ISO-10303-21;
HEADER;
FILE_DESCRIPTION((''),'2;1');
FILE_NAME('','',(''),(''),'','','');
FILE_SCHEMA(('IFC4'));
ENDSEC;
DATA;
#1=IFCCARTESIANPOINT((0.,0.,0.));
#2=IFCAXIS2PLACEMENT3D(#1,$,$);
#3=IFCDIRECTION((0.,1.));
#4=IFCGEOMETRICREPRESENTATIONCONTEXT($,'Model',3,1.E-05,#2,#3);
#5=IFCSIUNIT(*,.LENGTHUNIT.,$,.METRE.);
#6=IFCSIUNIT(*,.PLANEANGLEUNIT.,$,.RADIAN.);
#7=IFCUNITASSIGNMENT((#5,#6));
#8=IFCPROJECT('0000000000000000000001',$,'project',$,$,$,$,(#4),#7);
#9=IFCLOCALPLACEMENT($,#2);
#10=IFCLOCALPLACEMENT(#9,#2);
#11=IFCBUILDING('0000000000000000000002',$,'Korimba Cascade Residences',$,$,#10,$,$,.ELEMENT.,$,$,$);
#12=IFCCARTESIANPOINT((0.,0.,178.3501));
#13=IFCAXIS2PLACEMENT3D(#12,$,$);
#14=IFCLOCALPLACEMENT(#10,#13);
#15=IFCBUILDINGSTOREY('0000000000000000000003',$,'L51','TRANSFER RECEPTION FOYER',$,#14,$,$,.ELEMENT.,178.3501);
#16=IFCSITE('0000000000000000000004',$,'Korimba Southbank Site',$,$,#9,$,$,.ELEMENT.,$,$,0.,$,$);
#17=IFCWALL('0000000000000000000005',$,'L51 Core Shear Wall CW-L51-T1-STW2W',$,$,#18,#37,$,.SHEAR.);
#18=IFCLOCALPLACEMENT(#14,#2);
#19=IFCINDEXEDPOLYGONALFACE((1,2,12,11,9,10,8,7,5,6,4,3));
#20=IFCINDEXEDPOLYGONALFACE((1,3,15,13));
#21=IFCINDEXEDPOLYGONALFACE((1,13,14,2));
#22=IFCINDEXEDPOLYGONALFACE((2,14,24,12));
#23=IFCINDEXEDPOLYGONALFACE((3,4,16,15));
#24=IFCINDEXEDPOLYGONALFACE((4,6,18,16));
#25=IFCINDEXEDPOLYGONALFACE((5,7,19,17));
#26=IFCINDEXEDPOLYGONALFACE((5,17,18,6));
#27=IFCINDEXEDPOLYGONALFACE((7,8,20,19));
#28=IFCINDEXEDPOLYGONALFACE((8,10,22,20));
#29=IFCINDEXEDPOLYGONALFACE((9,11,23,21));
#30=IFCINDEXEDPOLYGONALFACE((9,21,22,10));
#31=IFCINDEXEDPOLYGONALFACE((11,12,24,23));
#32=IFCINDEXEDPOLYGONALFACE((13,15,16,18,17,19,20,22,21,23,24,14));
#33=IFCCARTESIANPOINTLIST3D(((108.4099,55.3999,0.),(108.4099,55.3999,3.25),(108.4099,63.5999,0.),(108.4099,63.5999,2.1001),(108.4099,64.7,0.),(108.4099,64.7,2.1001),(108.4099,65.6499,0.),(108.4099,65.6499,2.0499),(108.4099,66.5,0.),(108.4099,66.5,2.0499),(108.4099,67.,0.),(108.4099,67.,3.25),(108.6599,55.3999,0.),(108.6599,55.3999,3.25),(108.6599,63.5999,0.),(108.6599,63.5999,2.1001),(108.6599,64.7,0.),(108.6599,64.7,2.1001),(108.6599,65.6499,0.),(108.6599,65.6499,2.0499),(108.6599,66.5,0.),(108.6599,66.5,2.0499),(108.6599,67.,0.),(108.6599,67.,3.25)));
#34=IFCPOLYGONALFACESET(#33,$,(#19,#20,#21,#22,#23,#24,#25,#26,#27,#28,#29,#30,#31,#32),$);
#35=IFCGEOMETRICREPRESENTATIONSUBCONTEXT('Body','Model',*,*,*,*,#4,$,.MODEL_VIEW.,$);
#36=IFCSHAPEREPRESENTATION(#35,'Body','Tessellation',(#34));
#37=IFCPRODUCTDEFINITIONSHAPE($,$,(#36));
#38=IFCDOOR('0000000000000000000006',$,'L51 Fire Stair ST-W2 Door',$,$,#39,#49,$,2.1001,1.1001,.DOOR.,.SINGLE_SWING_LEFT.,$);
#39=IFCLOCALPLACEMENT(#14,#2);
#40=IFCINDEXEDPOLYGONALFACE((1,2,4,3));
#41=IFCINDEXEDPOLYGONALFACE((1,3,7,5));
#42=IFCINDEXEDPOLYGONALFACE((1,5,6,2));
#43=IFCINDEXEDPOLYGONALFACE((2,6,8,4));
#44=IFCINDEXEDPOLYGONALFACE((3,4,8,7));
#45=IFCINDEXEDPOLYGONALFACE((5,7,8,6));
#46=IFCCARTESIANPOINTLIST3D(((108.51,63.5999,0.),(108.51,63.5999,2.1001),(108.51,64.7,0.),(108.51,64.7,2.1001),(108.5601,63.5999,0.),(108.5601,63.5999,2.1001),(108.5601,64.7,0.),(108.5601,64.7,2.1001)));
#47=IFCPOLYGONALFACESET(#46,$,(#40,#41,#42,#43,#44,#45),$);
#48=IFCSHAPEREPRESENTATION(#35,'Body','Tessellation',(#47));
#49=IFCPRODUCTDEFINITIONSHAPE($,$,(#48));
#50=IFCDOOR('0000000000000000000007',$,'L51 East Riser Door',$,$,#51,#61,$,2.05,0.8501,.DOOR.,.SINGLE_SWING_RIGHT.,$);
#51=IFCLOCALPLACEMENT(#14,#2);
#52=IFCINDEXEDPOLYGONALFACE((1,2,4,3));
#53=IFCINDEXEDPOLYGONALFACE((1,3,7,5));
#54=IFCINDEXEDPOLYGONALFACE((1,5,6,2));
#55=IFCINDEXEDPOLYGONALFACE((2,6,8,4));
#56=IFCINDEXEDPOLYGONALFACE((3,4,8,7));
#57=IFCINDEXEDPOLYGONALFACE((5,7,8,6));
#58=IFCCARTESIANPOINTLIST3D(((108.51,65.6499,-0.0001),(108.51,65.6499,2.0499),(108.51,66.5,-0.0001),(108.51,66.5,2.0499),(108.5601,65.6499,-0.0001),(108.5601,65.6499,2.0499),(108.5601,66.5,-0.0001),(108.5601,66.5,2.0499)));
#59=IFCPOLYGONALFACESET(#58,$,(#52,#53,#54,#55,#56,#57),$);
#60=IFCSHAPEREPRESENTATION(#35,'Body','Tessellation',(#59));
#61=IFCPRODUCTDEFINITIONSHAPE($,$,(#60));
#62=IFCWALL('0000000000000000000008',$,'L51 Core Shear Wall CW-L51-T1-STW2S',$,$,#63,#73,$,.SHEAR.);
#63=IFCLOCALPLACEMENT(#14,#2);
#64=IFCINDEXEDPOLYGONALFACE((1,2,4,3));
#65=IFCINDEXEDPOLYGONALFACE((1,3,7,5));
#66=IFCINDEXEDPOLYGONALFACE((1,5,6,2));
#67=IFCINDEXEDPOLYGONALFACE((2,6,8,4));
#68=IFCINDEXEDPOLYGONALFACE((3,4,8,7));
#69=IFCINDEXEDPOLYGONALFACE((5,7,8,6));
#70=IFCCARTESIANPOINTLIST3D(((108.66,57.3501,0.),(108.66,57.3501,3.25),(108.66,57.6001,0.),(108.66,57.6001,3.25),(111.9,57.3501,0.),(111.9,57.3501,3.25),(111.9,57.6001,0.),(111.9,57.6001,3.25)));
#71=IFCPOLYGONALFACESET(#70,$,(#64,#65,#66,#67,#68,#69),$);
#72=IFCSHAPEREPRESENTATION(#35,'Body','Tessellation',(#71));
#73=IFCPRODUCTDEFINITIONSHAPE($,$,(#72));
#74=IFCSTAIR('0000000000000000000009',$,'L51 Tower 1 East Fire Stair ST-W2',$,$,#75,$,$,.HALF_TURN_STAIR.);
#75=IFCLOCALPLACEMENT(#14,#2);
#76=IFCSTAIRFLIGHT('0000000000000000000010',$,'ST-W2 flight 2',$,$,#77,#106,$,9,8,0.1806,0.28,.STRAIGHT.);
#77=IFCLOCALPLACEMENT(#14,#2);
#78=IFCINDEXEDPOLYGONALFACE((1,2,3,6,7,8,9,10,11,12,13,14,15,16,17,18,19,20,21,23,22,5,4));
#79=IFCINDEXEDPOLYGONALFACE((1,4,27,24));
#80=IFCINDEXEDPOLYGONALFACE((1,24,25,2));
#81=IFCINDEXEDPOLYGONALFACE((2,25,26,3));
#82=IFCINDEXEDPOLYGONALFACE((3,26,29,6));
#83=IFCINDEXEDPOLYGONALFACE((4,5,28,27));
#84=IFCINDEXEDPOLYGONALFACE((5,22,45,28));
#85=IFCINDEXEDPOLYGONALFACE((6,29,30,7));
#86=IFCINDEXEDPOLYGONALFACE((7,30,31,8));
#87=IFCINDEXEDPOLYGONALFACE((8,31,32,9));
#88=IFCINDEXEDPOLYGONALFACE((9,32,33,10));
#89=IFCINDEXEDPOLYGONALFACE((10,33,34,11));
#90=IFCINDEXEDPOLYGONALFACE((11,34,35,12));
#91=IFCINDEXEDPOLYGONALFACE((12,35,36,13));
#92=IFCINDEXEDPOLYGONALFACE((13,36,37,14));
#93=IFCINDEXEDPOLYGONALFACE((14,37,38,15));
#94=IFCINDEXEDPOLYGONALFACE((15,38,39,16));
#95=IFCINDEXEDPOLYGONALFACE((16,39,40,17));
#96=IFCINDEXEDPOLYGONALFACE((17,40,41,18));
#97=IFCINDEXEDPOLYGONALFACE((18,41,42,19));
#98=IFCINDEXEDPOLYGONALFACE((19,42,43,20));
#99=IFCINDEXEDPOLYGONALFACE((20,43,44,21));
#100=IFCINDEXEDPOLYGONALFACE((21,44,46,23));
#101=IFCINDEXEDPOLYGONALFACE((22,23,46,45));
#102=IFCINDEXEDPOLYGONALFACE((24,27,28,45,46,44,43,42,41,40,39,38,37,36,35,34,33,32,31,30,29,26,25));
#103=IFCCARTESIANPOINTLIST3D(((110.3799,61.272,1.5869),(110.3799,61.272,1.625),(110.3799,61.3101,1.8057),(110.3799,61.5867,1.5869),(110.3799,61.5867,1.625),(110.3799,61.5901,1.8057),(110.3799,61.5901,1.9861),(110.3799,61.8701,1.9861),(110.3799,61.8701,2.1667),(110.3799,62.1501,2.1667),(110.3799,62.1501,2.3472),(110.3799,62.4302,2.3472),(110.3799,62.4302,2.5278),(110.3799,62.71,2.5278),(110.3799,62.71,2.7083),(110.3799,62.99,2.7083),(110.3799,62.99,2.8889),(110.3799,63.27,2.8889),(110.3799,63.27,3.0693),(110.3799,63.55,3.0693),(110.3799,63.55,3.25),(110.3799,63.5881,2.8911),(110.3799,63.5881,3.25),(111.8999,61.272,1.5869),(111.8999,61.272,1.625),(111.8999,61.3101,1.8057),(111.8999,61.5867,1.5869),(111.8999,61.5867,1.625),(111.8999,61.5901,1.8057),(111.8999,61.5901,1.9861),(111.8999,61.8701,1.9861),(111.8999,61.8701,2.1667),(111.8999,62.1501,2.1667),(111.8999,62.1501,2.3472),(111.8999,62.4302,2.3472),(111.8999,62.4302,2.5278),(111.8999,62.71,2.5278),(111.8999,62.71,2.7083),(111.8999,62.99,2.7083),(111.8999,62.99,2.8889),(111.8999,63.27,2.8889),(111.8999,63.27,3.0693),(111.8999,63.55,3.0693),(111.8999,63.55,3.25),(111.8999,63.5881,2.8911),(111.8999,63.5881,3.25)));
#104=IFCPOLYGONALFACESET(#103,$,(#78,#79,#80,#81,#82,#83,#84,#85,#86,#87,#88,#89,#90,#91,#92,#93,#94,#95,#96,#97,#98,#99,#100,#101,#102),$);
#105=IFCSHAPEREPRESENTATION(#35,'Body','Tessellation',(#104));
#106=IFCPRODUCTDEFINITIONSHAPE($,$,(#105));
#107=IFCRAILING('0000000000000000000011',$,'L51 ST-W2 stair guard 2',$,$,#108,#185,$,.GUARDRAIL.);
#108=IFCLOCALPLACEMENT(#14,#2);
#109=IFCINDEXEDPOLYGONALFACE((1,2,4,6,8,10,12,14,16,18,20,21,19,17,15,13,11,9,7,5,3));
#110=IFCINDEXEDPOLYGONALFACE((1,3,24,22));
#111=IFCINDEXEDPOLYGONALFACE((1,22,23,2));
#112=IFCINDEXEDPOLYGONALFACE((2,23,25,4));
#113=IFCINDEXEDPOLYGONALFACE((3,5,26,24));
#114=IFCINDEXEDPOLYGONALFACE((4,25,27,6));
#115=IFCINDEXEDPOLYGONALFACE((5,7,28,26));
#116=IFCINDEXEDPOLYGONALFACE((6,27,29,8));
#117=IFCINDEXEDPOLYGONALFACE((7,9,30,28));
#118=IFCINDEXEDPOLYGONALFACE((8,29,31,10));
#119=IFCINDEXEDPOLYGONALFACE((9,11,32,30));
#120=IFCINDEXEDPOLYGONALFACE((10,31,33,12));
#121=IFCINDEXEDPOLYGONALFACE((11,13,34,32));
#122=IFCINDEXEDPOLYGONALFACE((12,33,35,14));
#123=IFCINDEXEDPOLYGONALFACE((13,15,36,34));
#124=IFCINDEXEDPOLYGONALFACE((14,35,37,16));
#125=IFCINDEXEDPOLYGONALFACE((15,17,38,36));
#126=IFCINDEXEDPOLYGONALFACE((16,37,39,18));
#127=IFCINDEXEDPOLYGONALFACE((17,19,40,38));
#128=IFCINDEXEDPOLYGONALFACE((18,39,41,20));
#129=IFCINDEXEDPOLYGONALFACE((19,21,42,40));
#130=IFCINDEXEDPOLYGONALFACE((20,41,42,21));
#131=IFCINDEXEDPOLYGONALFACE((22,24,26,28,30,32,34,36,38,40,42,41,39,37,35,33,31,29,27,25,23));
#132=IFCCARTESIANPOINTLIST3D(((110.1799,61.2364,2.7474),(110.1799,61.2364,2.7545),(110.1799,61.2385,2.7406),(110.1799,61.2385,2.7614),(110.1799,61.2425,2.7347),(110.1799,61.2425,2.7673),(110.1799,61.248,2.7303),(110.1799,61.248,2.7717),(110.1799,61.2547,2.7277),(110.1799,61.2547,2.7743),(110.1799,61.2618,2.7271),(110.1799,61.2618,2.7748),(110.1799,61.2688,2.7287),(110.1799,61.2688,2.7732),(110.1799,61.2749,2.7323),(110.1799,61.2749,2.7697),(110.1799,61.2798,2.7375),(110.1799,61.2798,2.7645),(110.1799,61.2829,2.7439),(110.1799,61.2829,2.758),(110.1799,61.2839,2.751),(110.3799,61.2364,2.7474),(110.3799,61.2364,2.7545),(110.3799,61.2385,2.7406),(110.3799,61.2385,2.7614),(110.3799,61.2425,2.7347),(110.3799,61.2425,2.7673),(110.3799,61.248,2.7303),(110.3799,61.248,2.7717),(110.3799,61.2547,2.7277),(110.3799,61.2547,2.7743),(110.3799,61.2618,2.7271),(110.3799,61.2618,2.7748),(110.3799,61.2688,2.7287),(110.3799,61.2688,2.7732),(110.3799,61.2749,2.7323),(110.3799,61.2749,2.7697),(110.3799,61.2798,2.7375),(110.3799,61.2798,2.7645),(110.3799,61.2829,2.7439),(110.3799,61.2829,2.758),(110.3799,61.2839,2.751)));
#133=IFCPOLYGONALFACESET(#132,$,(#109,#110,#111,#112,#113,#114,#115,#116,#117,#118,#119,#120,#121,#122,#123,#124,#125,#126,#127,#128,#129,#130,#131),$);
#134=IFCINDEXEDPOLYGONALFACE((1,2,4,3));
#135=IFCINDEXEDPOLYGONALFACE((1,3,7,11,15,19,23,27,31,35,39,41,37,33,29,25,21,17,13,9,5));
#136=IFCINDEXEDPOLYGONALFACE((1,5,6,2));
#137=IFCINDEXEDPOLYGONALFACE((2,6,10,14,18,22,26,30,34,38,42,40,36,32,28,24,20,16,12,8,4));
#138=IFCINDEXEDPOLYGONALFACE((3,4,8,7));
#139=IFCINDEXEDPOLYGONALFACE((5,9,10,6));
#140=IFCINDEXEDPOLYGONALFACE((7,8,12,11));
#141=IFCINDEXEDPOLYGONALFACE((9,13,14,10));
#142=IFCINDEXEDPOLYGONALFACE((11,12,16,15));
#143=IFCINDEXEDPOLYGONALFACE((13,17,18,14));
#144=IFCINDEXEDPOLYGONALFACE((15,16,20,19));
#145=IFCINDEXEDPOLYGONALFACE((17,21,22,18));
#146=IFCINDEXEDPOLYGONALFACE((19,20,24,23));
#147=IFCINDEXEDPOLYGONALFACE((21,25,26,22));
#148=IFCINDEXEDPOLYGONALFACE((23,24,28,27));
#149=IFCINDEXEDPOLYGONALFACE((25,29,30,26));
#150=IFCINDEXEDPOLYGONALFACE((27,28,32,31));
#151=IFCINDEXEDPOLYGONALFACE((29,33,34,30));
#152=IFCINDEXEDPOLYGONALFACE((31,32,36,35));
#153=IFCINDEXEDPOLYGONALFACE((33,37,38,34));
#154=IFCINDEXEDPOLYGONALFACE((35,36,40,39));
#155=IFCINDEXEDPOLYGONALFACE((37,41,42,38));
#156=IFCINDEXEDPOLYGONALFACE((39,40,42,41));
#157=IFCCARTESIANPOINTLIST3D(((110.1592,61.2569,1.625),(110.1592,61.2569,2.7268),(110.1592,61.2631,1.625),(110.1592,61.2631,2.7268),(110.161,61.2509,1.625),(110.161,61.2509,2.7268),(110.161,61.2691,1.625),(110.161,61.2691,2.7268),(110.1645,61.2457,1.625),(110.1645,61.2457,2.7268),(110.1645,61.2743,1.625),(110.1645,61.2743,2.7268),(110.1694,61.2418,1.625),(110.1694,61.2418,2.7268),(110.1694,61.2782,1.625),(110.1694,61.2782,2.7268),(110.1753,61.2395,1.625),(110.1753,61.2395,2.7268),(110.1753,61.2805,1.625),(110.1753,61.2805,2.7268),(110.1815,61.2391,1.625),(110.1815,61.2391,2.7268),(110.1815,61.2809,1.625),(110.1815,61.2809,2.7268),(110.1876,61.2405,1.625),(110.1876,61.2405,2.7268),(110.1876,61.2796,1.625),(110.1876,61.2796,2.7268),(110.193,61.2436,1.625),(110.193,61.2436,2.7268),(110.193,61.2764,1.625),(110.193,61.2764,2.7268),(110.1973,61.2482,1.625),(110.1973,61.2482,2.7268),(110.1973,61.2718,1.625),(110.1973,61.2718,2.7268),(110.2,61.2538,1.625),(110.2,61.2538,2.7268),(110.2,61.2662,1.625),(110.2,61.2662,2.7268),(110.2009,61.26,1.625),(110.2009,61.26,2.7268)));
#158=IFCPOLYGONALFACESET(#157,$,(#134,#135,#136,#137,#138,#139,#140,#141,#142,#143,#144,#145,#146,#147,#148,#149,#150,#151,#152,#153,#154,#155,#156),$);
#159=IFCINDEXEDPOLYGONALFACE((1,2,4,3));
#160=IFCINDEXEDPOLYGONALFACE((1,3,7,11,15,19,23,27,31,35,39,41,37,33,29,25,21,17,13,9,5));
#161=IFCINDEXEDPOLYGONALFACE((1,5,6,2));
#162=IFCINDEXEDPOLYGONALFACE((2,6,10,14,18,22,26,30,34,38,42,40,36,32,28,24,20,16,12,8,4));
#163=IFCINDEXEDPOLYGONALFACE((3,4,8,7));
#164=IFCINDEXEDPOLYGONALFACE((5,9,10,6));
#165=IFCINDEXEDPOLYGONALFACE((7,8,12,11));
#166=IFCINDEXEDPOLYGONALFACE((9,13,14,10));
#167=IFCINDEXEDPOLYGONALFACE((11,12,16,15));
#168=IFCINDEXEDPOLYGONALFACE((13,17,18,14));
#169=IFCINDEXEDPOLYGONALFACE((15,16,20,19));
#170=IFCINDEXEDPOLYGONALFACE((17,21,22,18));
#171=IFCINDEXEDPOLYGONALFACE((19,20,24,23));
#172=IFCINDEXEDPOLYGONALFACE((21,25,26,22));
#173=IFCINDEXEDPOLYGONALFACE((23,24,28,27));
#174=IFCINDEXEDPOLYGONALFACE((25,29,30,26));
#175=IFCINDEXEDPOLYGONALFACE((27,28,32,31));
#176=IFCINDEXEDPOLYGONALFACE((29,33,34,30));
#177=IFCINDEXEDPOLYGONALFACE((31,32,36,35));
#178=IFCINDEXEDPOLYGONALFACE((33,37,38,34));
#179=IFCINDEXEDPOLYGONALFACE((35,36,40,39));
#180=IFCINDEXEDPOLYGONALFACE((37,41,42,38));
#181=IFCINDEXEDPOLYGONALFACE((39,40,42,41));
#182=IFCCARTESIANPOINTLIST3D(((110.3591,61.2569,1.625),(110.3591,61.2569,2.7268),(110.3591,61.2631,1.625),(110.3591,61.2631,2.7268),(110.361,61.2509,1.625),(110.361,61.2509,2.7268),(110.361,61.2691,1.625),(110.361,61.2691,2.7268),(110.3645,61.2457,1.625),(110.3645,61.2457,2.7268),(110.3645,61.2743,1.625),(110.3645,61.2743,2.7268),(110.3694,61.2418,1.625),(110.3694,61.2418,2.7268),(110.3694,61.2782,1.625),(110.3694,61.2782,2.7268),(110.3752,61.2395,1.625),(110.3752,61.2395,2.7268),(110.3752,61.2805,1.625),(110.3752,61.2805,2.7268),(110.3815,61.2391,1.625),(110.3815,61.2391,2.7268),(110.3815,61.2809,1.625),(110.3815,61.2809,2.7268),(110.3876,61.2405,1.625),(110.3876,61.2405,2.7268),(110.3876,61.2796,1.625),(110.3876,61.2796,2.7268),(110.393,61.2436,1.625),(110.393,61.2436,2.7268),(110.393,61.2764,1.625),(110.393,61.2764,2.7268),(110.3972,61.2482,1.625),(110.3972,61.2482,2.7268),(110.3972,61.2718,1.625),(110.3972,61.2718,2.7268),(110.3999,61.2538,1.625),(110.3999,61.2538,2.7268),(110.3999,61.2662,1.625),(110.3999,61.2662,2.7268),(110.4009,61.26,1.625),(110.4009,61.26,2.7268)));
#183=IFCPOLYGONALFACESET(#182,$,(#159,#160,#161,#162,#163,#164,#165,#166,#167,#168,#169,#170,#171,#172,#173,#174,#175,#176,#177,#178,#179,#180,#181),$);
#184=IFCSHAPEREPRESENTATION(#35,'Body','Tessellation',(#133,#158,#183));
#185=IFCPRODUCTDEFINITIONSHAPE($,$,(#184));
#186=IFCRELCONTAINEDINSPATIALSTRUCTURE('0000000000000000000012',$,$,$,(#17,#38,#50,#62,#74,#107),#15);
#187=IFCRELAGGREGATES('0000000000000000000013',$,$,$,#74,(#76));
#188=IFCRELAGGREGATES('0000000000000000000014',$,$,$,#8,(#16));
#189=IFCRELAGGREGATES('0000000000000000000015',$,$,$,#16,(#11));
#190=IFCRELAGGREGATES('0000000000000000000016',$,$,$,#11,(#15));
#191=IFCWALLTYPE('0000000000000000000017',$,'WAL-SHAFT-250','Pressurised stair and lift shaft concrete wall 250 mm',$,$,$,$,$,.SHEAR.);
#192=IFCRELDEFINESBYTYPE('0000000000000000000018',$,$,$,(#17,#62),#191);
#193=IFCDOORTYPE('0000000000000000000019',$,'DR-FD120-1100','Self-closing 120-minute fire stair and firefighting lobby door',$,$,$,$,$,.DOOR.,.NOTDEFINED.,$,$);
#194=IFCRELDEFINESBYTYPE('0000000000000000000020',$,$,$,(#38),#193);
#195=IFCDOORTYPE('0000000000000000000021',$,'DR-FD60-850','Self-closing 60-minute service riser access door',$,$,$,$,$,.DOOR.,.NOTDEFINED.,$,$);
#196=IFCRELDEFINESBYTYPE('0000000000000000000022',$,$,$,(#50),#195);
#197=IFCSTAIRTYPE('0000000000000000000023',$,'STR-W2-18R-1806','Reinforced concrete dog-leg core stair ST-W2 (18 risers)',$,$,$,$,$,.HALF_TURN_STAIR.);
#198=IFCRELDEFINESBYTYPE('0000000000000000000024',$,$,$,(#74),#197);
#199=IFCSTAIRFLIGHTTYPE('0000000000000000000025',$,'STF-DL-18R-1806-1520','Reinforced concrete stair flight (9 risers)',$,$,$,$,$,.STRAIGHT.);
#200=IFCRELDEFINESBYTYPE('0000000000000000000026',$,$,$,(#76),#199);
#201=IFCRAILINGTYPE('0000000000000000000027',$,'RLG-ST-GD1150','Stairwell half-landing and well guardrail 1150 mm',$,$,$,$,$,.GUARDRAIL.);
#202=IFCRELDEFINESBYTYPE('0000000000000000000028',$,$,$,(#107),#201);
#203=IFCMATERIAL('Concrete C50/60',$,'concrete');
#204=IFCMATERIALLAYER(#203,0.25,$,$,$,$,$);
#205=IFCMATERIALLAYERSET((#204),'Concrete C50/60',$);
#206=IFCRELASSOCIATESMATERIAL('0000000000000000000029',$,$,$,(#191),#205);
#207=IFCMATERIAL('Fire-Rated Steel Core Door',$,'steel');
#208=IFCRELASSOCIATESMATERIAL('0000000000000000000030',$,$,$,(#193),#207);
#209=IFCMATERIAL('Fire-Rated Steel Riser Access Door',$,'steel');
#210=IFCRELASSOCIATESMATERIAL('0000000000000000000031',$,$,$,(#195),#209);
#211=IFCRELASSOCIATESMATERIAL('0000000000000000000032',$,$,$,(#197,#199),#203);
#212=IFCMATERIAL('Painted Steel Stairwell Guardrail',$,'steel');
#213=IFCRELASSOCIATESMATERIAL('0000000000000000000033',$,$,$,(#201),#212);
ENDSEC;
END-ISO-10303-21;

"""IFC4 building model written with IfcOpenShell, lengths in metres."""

from ifc_helpers import new_model, si_unit, direction, frame, frame_2d, origin, origin_2d, place, context, subcontext, project, spatial, polyline, rectangle, circle, outline, extrude, material, layer, layer_set, type_object, element, fill, aggregate, save


model = new_model("IFC4")

# Units and contexts
model_context = context("Model", 3, precision=1e-05, world=origin(), true_north=direction((0.0, 1.0)))
body_context = subcontext(model_context, "Body", "Model", "MODEL_VIEW")
ifc_project = project(units=[si_unit("LENGTHUNIT", "METRE"), si_unit("PLANEANGLEUNIT", "RADIAN")], contexts=[model_context])

# Site, building, storey
site_placement = place(None, origin())
site = spatial("IfcSite", under=ifc_project, at=site_placement, Name="Korimba Southbank Site", CompositionType="ELEMENT", RefElevation=0.0)
building_placement = place(site_placement, origin())
building = spatial("IfcBuilding", under=site, at=building_placement, Name="Korimba Cascade Residences", CompositionType="ELEMENT")
storey_placement = place(building_placement, frame((0.0, 0.0, 178.3501)))
storey = spatial("IfcBuildingStorey", under=building, at=storey_placement, Name="L51", Description="TRANSFER RECEPTION FOYER", CompositionType="ELEMENT", Elevation=178.3501)

# Shared definitions
ifc_material_1 = material(Name="Concrete C50/60", Category="concrete")
ifc_layer_1 = layer(ifc_material_1, 0.25)
ifc_layer_set_1 = layer_set([ifc_layer_1], Name="Concrete C50/60")
wall_type_1 = type_object("IfcWallType", Name="WAL-SHAFT-250", Description="Pressurised stair and lift shaft concrete wall 250 mm", PredefinedType="SHEAR", material=ifc_layer_set_1)

# Shared definitions
ifc_material_2 = material(Name="Fire-Rated Steel Core Door", Category="steel")
door_type_1 = type_object("IfcDoorType", Name="DR-FD120-1100", Description="Self-closing 120-minute fire stair and firefighting lobby door", OperationType="NOTDEFINED", PredefinedType="DOOR", material=ifc_material_2)

# Wall, openings, doors
wall_1_placement = place(storey_placement, frame((108.5349, 55.3999, 0.0), z_axis=(0.0, 0.0, 1.0), x_axis=(0.0, 1.0, 0.0)))
wall_1 = element("IfcWall", 1, at=wall_1_placement, inside=storey, type_object=wall_type_1, Name="L51 Core Shear Wall CW-L51-T1-STW2W", PredefinedType="SHEAR", context=body_context, shape_type="SweptSolid", body=[
    extrude(rectangle(XDim=11.6001, YDim=0.25, at=frame_2d((5.8, 0.0))), origin(), (0.0, 0.0, 1.0), 3.25),
])
opening_1_placement = place(wall_1_placement, frame((8.2, 0.0, 0.0)))
opening_1 = element("IfcOpeningElement", 2, at=opening_1_placement, cuts=wall_1, PredefinedType="OPENING", context=body_context, shape_type="SweptSolid", body=[
    extrude(rectangle(XDim=1.1001, YDim=2.1001, at=frame_2d((0.55, 1.05))), frame((0.0, 0.135, 0.0), z_axis=(0.0, -1.0, 0.0), x_axis=(1.0, 0.0, 0.0)), (0.0, 0.0, 1.0), 0.27),
])
opening_2_placement = place(wall_1_placement, frame((10.25, 0.0, 0.0)))
opening_2 = element("IfcOpeningElement", 3, at=opening_2_placement, cuts=wall_1, PredefinedType="OPENING", context=body_context, shape_type="SweptSolid", body=[
    extrude(rectangle(XDim=0.8501, YDim=2.05, at=frame_2d((0.425, 1.0249))), frame((0.0, 0.135, 0.0), z_axis=(0.0, -1.0, 0.0), x_axis=(1.0, 0.0, 0.0)), (0.0, 0.0, 1.0), 0.27),
])
door_1_placement = place(opening_1_placement, origin())
door_1 = element("IfcDoor", 4, at=door_1_placement, inside=storey, type_object=door_type_1, Name="L51 Fire Stair ST-W2 Door", OperationType="SINGLE_SWING_LEFT", OverallHeight=2.1001, OverallWidth=1.1001, PredefinedType="DOOR", context=body_context, shape_type="SweptSolid", body=[
    extrude(rectangle(XDim=1.1001, YDim=2.1001, at=frame_2d((0.55, 1.05))), frame((0.0, 0.0249, 0.0), z_axis=(0.0, -1.0, 0.0), x_axis=(1.0, 0.0, 0.0)), (0.0, 0.0, 1.0), 0.05),
])
fill(opening_1, door_1)
ifc_material_3 = material(Name="Fire-Rated Steel Riser Access Door", Category="steel")
door_type_2 = type_object("IfcDoorType", Name="DR-FD60-850", Description="Self-closing 60-minute service riser access door", OperationType="NOTDEFINED", PredefinedType="DOOR", material=ifc_material_3)
door_2_placement = place(opening_2_placement, origin())
door_2 = element("IfcDoor", 5, at=door_2_placement, inside=storey, type_object=door_type_2, Name="L51 East Riser Door", OperationType="SINGLE_SWING_RIGHT", OverallHeight=2.05, OverallWidth=0.8501, PredefinedType="DOOR", context=body_context, shape_type="SweptSolid", body=[
    extrude(rectangle(XDim=0.8501, YDim=2.05, at=frame_2d((0.425, 1.0249))), frame((0.0, 0.0249, 0.0), z_axis=(0.0, -1.0, 0.0), x_axis=(1.0, 0.0, 0.0)), (0.0, 0.0, 1.0), 0.05),
])
fill(opening_2, door_2)

# Wall
wall_2_placement = place(storey_placement, frame((108.6599, 57.4751, 0.0), z_axis=(0.0, 0.0, 1.0), x_axis=(1.0, 0.0, 0.0)))
element("IfcWall", 6, at=wall_2_placement, inside=storey, type_object=wall_type_1, Name="L51 Core Shear Wall CW-L51-T1-STW2S", PredefinedType="SHEAR", context=body_context, shape_type="SweptSolid", body=[
    extrude(rectangle(XDim=3.24, YDim=0.25, at=frame_2d((1.6201, 0.0))), origin(), (0.0, 0.0, 1.0), 3.25),
])

# Stair, stair flight
stair_type = type_object("IfcStairType", Name="STR-W2-18R-1806", Description="Reinforced concrete dog-leg core stair ST-W2 (18 risers)", PredefinedType="HALF_TURN_STAIR", material=ifc_material_1)
stair_placement = place(storey_placement, origin())
stair = element("IfcStair", 7, at=stair_placement, inside=storey, type_object=stair_type, Name="L51 Tower 1 East Fire Stair ST-W2", PredefinedType="HALF_TURN_STAIR")
stair_flight_type = type_object("IfcStairFlightType", Name="STF-DL-18R-1806-1520", Description="Reinforced concrete stair flight (9 risers)", PredefinedType="STRAIGHT", material=ifc_material_1)
stair_flight_placement = place(storey_placement, frame((111.1399, 61.3101, 1.625), z_axis=(0.0, 0.0, 1.0), x_axis=(0.0, 1.0, 0.0)))
stair_flight = element("IfcStairFlight", 8, at=stair_flight_placement, type_object=stair_flight_type, Name="ST-W2 flight 2", NumberOfRisers=9, NumberOfTreads=8, PredefinedType="STRAIGHT", RiserHeight=0.1806, TreadLength=0.28, context=body_context, shape_type="SweptSolid", body=[
    extrude(outline(polyline([(-0.0381, 0.0), (0.0, 0.1807), (0.28, 0.1807), (0.28, 0.3611), (0.5601, 0.3611), (0.5601, 0.5417), (0.8401, 0.5417), (0.8401, 0.7222), (1.1201, 0.7222), (1.1201, 0.9028), (1.3999, 0.9028), (1.3999, 1.0833), (1.6799, 1.0833), (1.6799, 1.2639), (1.96, 1.2639), (1.96, 1.4443), (2.24, 1.4443), (2.24, 1.625), (2.2781, 1.625), (2.2781, 1.2661), (0.2766, 0.0), (0.2766, -0.0381), (-0.0381, -0.0381), (-0.0381, 0.0)])), frame((0.0, 0.76, 0.0), z_axis=(0.0, -1.0, 0.0), x_axis=(1.0, 0.0, 0.0)), (0.0, 0.0, 1.0), 1.52),
])
aggregate(stair, [stair_flight])

# Railing
ifc_material_4 = material(Name="Painted Steel Stairwell Guardrail", Category="steel")
railing_type = type_object("IfcRailingType", Name="RLG-ST-GD1150", Description="Stairwell half-landing and well guardrail 1150 mm", PredefinedType="GUARDRAIL", material=ifc_material_4)
railing_1_placement = place(storey_placement, frame((110.1799, 61.26, 1.625)))
element("IfcRailing", 9, at=railing_1_placement, inside=storey, type_object=railing_type, Name="L51 ST-W2 stair guard 2", PredefinedType="GUARDRAIL", context=body_context, shape_type="SweptSolid", body=[
    extrude(circle(Radius=0.0239, at=origin_2d()), frame((0.0, 0.0, 1.126), z_axis=(1.0, 0.0, 0.0), x_axis=(0.0, 1.0, 0.0)), (0.0, 0.0, 1.0), 0.2),
    extrude(circle(Radius=0.021, at=origin_2d()), origin(), (0.0, 0.0, 1.0), 1.1018),
    extrude(circle(Radius=0.021, at=origin_2d()), frame((0.2, 0.0, 0.0)), (0.0, 0.0, 1.0), 1.1018),
])

save(model, "model.ifc")
